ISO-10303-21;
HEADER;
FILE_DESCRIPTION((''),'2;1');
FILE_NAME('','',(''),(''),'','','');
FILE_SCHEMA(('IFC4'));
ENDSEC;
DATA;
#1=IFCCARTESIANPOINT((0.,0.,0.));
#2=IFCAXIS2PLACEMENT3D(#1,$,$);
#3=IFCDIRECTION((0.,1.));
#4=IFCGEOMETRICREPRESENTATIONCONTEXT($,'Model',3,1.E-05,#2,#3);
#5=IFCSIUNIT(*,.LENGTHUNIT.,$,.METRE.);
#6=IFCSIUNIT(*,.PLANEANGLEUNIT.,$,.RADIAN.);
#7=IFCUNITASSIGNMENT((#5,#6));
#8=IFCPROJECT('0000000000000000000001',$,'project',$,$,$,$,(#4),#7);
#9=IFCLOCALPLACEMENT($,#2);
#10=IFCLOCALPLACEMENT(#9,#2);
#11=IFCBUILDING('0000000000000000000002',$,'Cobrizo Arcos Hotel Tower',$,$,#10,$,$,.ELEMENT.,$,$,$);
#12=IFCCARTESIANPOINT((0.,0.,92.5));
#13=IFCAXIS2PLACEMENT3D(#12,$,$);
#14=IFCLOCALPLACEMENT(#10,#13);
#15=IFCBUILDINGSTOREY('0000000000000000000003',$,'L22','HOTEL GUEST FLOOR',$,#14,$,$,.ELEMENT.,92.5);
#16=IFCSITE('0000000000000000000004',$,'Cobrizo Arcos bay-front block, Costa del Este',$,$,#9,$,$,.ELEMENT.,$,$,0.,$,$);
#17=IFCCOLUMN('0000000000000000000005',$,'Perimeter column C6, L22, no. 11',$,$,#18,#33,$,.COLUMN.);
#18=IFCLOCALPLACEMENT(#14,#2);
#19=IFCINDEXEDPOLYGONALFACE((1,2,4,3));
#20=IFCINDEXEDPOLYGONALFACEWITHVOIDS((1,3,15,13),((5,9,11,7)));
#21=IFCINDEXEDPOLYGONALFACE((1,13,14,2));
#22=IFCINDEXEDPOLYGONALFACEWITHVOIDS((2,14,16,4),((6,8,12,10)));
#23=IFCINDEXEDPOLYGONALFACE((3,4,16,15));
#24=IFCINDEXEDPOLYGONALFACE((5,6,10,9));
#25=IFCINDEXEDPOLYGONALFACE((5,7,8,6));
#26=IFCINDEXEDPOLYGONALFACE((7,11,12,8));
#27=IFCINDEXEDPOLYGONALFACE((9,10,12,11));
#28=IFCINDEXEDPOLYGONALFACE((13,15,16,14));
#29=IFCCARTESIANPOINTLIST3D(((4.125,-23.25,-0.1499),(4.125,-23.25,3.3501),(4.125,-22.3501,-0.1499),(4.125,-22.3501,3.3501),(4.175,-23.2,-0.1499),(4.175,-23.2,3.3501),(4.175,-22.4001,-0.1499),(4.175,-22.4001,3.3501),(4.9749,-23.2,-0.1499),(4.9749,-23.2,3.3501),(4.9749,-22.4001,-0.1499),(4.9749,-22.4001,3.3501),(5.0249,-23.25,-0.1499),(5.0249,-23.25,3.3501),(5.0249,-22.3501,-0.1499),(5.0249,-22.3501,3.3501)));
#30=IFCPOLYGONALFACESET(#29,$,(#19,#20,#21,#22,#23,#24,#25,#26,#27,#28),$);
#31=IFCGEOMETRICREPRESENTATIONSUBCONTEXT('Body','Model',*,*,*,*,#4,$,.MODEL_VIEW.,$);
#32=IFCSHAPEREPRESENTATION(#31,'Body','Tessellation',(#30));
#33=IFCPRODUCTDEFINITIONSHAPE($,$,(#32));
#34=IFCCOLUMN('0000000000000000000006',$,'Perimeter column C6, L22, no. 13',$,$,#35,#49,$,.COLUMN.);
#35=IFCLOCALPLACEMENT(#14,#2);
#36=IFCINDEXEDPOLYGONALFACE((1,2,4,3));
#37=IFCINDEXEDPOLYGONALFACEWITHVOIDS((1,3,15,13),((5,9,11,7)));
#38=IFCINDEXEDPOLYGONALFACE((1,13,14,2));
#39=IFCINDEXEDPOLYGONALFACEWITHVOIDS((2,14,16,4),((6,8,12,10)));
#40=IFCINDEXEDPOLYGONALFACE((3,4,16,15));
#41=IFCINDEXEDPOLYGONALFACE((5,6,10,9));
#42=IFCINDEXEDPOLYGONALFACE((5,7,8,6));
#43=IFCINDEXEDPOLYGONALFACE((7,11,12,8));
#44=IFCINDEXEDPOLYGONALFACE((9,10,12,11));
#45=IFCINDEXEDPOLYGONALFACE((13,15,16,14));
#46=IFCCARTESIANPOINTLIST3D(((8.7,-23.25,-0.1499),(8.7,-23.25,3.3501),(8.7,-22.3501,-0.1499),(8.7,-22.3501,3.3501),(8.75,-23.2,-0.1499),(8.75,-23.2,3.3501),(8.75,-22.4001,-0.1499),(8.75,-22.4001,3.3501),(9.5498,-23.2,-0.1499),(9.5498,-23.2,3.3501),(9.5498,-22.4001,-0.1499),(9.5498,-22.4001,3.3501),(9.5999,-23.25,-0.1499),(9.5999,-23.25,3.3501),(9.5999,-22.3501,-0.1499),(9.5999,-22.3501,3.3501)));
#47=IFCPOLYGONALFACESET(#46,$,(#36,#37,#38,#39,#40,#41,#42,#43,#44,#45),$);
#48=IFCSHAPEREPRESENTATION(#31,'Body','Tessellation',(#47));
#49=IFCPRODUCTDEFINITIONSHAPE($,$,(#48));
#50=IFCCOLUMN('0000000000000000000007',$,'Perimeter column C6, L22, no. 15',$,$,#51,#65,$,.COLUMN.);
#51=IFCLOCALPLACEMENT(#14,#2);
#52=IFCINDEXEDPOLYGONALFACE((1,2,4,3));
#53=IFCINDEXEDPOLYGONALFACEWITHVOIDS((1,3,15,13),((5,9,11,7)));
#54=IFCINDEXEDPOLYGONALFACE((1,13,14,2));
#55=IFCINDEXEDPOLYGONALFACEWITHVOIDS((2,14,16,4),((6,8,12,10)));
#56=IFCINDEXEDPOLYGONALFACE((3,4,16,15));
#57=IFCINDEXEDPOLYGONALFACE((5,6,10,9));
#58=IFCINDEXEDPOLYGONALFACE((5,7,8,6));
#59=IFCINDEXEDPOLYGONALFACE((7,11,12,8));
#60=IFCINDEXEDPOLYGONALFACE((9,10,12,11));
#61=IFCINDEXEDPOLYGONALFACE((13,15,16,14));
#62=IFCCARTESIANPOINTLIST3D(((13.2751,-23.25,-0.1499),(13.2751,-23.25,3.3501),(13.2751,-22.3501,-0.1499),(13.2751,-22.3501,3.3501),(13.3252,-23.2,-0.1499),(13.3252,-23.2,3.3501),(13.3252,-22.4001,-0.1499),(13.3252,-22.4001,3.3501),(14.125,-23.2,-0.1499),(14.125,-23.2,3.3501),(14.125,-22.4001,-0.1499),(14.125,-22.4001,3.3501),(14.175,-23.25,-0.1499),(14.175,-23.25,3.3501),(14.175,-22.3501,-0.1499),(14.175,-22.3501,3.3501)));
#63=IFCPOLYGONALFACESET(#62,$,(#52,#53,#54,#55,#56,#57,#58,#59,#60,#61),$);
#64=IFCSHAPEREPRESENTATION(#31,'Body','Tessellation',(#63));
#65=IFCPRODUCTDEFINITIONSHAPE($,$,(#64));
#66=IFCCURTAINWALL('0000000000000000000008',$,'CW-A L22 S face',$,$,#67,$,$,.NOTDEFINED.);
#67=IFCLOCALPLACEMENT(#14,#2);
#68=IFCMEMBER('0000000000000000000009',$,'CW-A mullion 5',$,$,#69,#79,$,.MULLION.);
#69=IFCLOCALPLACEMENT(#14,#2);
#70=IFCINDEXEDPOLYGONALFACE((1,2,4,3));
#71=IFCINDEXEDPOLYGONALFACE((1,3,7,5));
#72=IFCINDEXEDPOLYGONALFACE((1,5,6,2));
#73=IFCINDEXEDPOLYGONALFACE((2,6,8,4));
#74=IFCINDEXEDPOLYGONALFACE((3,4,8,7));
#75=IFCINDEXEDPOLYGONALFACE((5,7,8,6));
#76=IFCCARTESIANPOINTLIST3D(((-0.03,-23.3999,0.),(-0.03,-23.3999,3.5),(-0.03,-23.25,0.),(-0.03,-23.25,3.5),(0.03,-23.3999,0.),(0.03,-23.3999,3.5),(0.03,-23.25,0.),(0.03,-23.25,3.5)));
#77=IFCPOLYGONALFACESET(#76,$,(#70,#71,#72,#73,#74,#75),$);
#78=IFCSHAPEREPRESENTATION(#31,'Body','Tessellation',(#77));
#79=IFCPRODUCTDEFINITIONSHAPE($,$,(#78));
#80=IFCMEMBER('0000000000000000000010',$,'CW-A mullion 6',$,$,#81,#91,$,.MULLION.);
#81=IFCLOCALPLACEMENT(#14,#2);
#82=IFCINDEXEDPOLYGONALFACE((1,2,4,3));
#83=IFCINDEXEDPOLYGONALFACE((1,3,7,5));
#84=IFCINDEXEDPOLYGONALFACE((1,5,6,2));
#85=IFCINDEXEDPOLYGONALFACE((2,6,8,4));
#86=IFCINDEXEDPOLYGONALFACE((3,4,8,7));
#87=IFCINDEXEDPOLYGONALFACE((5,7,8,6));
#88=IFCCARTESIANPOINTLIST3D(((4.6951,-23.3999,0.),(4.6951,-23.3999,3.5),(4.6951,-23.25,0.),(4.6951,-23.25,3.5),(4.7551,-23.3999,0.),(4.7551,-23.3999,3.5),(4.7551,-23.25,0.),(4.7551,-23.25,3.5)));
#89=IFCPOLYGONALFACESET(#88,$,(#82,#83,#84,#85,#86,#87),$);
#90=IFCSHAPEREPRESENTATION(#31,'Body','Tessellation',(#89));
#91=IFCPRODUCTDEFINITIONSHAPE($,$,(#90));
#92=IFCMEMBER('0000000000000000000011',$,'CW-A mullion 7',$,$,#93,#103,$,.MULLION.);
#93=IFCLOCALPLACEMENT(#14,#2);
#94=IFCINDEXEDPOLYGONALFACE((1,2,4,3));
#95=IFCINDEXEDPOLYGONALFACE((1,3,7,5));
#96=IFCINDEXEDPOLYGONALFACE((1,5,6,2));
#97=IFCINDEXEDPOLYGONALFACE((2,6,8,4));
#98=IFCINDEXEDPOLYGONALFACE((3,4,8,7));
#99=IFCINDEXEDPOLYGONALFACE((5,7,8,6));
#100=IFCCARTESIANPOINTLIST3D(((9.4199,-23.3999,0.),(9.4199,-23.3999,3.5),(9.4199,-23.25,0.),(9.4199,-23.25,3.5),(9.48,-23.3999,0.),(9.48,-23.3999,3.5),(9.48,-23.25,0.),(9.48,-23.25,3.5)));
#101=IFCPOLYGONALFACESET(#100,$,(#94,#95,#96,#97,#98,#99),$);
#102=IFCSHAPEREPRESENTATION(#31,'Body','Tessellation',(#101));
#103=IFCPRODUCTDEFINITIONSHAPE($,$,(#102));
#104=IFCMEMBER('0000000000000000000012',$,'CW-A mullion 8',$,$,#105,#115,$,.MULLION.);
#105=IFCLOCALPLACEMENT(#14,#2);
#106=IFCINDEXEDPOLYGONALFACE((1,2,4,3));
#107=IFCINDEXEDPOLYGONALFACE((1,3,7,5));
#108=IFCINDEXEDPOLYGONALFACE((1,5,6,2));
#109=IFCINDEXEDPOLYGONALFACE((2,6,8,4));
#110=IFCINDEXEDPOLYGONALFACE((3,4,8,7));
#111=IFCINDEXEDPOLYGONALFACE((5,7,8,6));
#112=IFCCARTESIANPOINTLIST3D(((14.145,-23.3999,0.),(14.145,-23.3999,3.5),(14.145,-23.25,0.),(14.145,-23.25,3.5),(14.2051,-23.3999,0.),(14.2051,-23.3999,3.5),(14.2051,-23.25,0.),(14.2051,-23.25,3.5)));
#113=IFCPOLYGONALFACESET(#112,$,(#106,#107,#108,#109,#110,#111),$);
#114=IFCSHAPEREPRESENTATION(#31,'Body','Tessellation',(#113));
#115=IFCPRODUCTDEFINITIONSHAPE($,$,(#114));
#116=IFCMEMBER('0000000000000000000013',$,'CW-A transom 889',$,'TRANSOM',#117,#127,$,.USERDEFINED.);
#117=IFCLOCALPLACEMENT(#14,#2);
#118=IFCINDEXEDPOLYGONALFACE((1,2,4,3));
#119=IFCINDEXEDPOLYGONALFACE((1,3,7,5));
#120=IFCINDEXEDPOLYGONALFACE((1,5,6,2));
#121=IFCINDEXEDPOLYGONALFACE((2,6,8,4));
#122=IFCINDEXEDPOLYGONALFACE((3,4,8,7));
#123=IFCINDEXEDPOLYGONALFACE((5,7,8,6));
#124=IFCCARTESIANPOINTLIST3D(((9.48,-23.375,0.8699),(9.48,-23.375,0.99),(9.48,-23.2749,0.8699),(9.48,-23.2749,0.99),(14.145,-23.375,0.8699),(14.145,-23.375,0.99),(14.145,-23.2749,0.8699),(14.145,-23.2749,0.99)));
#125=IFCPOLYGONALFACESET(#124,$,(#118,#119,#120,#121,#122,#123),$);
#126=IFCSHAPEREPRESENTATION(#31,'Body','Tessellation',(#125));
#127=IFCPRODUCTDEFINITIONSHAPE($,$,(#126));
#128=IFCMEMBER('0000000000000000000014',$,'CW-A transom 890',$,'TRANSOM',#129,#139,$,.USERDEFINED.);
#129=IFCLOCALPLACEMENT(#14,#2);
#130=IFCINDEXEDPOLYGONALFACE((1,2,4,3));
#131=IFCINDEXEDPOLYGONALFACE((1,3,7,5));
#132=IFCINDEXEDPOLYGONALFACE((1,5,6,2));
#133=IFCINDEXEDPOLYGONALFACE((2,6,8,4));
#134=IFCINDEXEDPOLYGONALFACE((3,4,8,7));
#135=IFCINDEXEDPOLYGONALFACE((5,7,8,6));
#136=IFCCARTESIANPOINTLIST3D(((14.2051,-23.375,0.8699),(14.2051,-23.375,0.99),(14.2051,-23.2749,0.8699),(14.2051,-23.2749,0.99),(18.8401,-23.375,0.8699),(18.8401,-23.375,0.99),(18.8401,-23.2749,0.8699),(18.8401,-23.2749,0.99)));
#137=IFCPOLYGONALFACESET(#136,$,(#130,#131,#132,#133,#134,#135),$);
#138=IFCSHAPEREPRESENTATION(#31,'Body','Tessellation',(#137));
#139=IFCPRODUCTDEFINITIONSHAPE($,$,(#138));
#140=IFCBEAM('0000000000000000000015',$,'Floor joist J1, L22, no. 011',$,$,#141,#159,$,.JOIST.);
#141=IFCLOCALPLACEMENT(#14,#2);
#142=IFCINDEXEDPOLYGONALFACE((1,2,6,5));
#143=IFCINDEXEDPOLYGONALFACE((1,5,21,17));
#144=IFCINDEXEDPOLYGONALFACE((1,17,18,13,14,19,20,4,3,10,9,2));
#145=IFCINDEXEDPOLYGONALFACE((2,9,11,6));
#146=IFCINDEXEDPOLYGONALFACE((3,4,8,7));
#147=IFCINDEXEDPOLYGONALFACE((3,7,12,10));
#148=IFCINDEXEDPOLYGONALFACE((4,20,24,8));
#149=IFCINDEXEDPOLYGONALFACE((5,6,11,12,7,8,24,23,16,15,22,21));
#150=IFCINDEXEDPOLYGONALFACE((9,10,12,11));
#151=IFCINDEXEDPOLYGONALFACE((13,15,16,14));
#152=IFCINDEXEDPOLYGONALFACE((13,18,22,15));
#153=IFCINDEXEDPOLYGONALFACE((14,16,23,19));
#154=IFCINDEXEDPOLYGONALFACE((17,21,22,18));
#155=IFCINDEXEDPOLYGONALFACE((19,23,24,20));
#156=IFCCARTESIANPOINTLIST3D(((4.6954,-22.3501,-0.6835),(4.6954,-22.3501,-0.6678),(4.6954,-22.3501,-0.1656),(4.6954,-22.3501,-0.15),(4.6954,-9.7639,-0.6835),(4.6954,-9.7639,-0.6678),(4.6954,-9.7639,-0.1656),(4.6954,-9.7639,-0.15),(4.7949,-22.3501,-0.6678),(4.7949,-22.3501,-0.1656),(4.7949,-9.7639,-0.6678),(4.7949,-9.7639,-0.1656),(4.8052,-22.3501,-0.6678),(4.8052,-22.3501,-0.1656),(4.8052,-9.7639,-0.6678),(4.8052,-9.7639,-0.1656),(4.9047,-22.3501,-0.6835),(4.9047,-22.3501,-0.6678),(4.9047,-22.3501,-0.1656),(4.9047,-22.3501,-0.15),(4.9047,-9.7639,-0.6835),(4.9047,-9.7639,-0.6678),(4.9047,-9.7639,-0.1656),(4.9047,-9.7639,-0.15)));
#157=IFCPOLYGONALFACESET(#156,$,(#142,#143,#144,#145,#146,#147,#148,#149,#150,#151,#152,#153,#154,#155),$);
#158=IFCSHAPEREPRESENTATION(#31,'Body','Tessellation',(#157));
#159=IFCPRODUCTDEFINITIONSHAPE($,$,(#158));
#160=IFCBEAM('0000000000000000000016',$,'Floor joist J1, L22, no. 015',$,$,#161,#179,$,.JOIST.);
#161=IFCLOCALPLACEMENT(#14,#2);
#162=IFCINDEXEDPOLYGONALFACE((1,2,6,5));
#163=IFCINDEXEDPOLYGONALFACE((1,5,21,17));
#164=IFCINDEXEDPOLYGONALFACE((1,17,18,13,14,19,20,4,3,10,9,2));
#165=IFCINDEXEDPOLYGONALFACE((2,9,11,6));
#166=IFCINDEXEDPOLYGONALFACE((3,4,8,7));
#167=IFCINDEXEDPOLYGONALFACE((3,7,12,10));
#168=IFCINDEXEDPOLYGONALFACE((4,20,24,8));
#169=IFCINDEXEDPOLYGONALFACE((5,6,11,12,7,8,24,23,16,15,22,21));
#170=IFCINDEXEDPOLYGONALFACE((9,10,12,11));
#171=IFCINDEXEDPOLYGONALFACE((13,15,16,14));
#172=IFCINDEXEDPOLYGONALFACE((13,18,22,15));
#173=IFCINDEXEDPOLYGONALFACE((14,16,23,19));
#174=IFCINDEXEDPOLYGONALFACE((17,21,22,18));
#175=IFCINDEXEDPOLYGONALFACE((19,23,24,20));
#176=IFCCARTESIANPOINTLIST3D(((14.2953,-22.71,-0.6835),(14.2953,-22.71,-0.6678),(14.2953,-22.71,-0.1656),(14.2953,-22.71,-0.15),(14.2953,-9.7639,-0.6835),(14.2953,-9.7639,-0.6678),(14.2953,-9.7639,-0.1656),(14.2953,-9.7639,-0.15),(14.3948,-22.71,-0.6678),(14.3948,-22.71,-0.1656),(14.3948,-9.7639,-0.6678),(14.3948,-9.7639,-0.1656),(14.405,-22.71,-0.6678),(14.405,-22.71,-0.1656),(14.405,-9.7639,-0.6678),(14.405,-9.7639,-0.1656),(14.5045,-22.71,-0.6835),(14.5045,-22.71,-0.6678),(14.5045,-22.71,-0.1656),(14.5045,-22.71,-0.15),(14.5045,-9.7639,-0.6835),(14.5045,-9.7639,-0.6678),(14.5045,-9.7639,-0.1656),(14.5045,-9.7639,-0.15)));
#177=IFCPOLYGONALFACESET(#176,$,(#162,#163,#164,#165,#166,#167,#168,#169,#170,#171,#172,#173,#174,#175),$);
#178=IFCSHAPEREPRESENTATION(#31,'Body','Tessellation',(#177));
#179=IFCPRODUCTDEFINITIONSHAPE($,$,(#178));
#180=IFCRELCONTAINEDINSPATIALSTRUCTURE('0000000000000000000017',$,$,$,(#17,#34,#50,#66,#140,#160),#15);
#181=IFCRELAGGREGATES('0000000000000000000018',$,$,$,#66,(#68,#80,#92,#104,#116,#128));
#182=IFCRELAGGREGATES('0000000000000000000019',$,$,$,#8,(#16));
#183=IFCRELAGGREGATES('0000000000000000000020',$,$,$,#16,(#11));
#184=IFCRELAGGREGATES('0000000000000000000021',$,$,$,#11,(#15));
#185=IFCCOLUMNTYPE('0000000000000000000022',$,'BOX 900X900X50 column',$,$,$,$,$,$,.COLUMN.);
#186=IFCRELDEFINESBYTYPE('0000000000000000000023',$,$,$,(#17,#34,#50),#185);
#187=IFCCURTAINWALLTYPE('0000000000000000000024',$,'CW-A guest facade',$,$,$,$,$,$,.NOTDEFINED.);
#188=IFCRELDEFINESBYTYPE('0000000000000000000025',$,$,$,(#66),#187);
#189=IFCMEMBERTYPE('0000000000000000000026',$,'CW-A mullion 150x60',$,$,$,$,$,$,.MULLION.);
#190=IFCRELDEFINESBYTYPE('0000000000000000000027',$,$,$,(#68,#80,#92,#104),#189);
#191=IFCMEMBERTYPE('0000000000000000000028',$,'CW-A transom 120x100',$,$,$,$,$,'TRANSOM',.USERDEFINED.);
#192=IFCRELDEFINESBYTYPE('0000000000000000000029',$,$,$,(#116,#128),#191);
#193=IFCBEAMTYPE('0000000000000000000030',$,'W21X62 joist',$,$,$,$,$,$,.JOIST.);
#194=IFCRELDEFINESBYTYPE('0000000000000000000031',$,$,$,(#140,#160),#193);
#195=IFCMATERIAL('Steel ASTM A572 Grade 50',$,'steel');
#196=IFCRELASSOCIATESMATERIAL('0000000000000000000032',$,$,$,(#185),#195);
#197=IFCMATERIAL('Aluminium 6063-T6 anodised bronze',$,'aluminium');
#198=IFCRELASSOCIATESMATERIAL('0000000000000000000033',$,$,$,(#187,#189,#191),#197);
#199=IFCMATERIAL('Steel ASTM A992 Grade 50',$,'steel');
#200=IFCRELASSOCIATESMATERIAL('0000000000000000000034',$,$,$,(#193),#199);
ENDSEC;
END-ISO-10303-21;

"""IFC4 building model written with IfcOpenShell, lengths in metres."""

from ifc_helpers import new_model, si_unit, direction, frame, origin, origin_2d, place, context, subcontext, project, spatial, rectangle, hollow_rectangle, i_section, extrude, material, material_profile, profile_set, type_object, element, aggregate, save


model = new_model("IFC4")

# Units and contexts
model_context = context("Model", 3, precision=1e-05, world=origin(), true_north=direction((0.0, 1.0)))
body_context = subcontext(model_context, "Body", "Model", "MODEL_VIEW")
ifc_project = project(units=[si_unit("LENGTHUNIT", "METRE"), si_unit("PLANEANGLEUNIT", "RADIAN")], contexts=[model_context])

# Site, building, storey
site_placement = place(None, origin())
site = spatial("IfcSite", under=ifc_project, at=site_placement, Name="Cobrizo Arcos bay-front block, Costa del Este", CompositionType="ELEMENT", RefElevation=0.0)
building_placement = place(site_placement, origin())
building = spatial("IfcBuilding", under=site, at=building_placement, Name="Cobrizo Arcos Hotel Tower", CompositionType="ELEMENT")
storey_placement = place(building_placement, frame((0.0, 0.0, 92.5)))
storey = spatial("IfcBuildingStorey", under=building, at=storey_placement, Name="L22", Description="HOTEL GUEST FLOOR", CompositionType="ELEMENT", Elevation=92.5)

# Columns
ifc_material_1 = material(Name="Steel ASTM A572 Grade 50", Category="steel")
ifc_material_profile_1 = material_profile(ifc_material_1, hollow_rectangle(XDim=0.8999, YDim=0.8999, WallThickness=0.05, at=origin_2d()), Name="BOX 900X900X50")
ifc_profile_set_1 = profile_set([ifc_material_profile_1], Name="Steel ASTM A572 Grade 50")
column_type = type_object("IfcColumnType", Name="BOX 900X900X50 column", PredefinedType="COLUMN", material=ifc_profile_set_1)
for number, where, z_axis, x_axis, name in (
    (1, (4.575, -22.8, -0.1499), (0.0, 0.0, 1.0), (1.0, 0.0, 0.0), "Perimeter column C6, L22, no. 11"),
    (2, (9.1499, -22.8, -0.1499), (0.0, 0.0, 1.0), (1.0, 0.0, 0.0), "Perimeter column C6, L22, no. 13"),
    (3, (13.7251, -22.8, -0.1499), (0.0, 0.0, 1.0), (1.0, 0.0, 0.0), "Perimeter column C6, L22, no. 15"),
):
    element("IfcColumn", number, at=place(storey_placement, frame(where, z_axis=z_axis, x_axis=x_axis)), inside=storey, type_object=column_type, Name=name, PredefinedType="COLUMN", context=body_context, shape_type="SweptSolid", body=[
        extrude(hollow_rectangle(XDim=0.8999, YDim=0.8999, WallThickness=0.05, at=origin_2d()), origin(), (0.0, 0.0, 1.0), 3.5),
    ])

# Curtain wall, members
ifc_material_2 = material(Name="Aluminium 6063-T6 anodised bronze", Category="aluminium")
curtain_wall_type = type_object("IfcCurtainWallType", Name="CW-A guest facade", PredefinedType="NOTDEFINED", material=ifc_material_2)
curtain_wall_placement = place(storey_placement, origin())
curtain_wall = element("IfcCurtainWall", 4, at=curtain_wall_placement, inside=storey, type_object=curtain_wall_type, Name="CW-A L22 S face", PredefinedType="NOTDEFINED")
ifc_material_profile_2 = material_profile(ifc_material_2, rectangle(XDim=0.1499, YDim=0.0601, at=origin_2d()), Name="CW-A mullion 150x60")
ifc_profile_set_2 = profile_set([ifc_material_profile_2], Name="Aluminium 6063-T6 anodised bronze")
member_type_1 = type_object("IfcMemberType", Name="CW-A mullion 150x60", PredefinedType="MULLION", material=ifc_profile_set_2)
member_1_placement = place(storey_placement, frame((0.0, -23.325, 0.0), z_axis=(0.0, 0.0, 1.0), x_axis=(0.0, -1.0, 0.0)))
member_1 = element("IfcMember", 5, at=member_1_placement, type_object=member_type_1, Name="CW-A mullion 5", PredefinedType="MULLION", context=body_context, shape_type="SweptSolid", body=[
    extrude(rectangle(XDim=0.1499, YDim=0.0601, at=origin_2d()), origin(), (0.0, 0.0, 1.0), 3.5),
])
member_2_placement = place(storey_placement, frame((4.7251, -23.325, 0.0), z_axis=(0.0, 0.0, 1.0), x_axis=(0.0, -1.0, 0.0)))
member_2 = element("IfcMember", 6, at=member_2_placement, type_object=member_type_1, Name="CW-A mullion 6", PredefinedType="MULLION", context=body_context, shape_type="SweptSolid", body=[
    extrude(rectangle(XDim=0.1499, YDim=0.0601, at=origin_2d()), origin(), (0.0, 0.0, 1.0), 3.5),
])
member_3_placement = place(storey_placement, frame((9.45, -23.325, 0.0), z_axis=(0.0, 0.0, 1.0), x_axis=(0.0, -1.0, 0.0)))
member_3 = element("IfcMember", 7, at=member_3_placement, type_object=member_type_1, Name="CW-A mullion 7", PredefinedType="MULLION", context=body_context, shape_type="SweptSolid", body=[
    extrude(rectangle(XDim=0.1499, YDim=0.0601, at=origin_2d()), origin(), (0.0, 0.0, 1.0), 3.5),
])
member_4_placement = place(storey_placement, frame((14.175, -23.325, 0.0), z_axis=(0.0, 0.0, 1.0), x_axis=(0.0, -1.0, 0.0)))
member_4 = element("IfcMember", 8, at=member_4_placement, type_object=member_type_1, Name="CW-A mullion 8", PredefinedType="MULLION", context=body_context, shape_type="SweptSolid", body=[
    extrude(rectangle(XDim=0.1499, YDim=0.0601, at=origin_2d()), origin(), (0.0, 0.0, 1.0), 3.5),
])
ifc_material_profile_3 = material_profile(ifc_material_2, rectangle(XDim=0.1001, YDim=0.1201, at=origin_2d()), Name="CW-A transom 120x100")
ifc_profile_set_3 = profile_set([ifc_material_profile_3], Name="Aluminium 6063-T6 anodised bronze")
member_type_2 = type_object("IfcMemberType", Name="CW-A transom 120x100", ElementType="TRANSOM", PredefinedType="USERDEFINED", material=ifc_profile_set_3)
member_5_placement = place(storey_placement, frame((9.48, -23.325, 0.9299), z_axis=(1.0, 0.0, 0.0), x_axis=(0.0, 1.0, 0.0)))
member_5 = element("IfcMember", 9, at=member_5_placement, type_object=member_type_2, Name="CW-A transom 889", ObjectType="TRANSOM", PredefinedType="USERDEFINED", context=body_context, shape_type="SweptSolid", body=[
    extrude(rectangle(XDim=0.1001, YDim=0.1201, at=origin_2d()), origin(), (0.0, 0.0, 1.0), 4.665),
])
member_6_placement = place(storey_placement, frame((14.2051, -23.325, 0.9299), z_axis=(1.0, 0.0, 0.0), x_axis=(0.0, 1.0, 0.0)))
member_6 = element("IfcMember", 10, at=member_6_placement, type_object=member_type_2, Name="CW-A transom 890", ObjectType="TRANSOM", PredefinedType="USERDEFINED", context=body_context, shape_type="SweptSolid", body=[
    extrude(rectangle(XDim=0.1001, YDim=0.1201, at=origin_2d()), origin(), (0.0, 0.0, 1.0), 4.635),
])

# Beams
ifc_material_3 = material(Name="Steel ASTM A992 Grade 50", Category="steel")
ifc_material_profile_4 = material_profile(ifc_material_3, i_section(OverallWidth=0.2092, OverallDepth=0.5334, WebThickness=0.0103, FlangeThickness=0.0156, at=origin_2d()), Name="W21X62")
ifc_profile_set_4 = profile_set([ifc_material_profile_4], Name="Steel ASTM A992 Grade 50")
beam_type_1 = type_object("IfcBeamType", Name="W21X62 joist", PredefinedType="JOIST", material=ifc_profile_set_4)
beam_1_placement = place(storey_placement, frame((4.8, -22.3501, -0.4167), z_axis=(0.0, 1.0, 0.0), x_axis=(-1.0, 0.0, 0.0)))
element("IfcBeam", 11, at=beam_1_placement, inside=storey, type_object=beam_type_1, Name="Floor joist J1, L22, no. 011", PredefinedType="JOIST", context=body_context, shape_type="SweptSolid", body=[
    extrude(i_section(OverallWidth=0.2092, OverallDepth=0.5334, WebThickness=0.0103, FlangeThickness=0.0156, at=origin_2d()), origin(), (0.0, 0.0, 1.0), 12.5862),
])
beam_2_placement = place(storey_placement, frame((14.3999, -22.71, -0.4167), z_axis=(0.0, 1.0, 0.0), x_axis=(-1.0, 0.0, 0.0)))
element("IfcBeam", 12, at=beam_2_placement, inside=storey, type_object=beam_type_1, Name="Floor joist J1, L22, no. 015", PredefinedType="JOIST", context=body_context, shape_type="SweptSolid", body=[
    extrude(i_section(OverallWidth=0.2092, OverallDepth=0.5334, WebThickness=0.0103, FlangeThickness=0.0156, at=origin_2d()), origin(), (0.0, 0.0, 1.0), 12.946),
])

aggregate(curtain_wall, [member_1, member_2, member_3, member_4, member_5, member_6])

save(model, "model.ifc")
